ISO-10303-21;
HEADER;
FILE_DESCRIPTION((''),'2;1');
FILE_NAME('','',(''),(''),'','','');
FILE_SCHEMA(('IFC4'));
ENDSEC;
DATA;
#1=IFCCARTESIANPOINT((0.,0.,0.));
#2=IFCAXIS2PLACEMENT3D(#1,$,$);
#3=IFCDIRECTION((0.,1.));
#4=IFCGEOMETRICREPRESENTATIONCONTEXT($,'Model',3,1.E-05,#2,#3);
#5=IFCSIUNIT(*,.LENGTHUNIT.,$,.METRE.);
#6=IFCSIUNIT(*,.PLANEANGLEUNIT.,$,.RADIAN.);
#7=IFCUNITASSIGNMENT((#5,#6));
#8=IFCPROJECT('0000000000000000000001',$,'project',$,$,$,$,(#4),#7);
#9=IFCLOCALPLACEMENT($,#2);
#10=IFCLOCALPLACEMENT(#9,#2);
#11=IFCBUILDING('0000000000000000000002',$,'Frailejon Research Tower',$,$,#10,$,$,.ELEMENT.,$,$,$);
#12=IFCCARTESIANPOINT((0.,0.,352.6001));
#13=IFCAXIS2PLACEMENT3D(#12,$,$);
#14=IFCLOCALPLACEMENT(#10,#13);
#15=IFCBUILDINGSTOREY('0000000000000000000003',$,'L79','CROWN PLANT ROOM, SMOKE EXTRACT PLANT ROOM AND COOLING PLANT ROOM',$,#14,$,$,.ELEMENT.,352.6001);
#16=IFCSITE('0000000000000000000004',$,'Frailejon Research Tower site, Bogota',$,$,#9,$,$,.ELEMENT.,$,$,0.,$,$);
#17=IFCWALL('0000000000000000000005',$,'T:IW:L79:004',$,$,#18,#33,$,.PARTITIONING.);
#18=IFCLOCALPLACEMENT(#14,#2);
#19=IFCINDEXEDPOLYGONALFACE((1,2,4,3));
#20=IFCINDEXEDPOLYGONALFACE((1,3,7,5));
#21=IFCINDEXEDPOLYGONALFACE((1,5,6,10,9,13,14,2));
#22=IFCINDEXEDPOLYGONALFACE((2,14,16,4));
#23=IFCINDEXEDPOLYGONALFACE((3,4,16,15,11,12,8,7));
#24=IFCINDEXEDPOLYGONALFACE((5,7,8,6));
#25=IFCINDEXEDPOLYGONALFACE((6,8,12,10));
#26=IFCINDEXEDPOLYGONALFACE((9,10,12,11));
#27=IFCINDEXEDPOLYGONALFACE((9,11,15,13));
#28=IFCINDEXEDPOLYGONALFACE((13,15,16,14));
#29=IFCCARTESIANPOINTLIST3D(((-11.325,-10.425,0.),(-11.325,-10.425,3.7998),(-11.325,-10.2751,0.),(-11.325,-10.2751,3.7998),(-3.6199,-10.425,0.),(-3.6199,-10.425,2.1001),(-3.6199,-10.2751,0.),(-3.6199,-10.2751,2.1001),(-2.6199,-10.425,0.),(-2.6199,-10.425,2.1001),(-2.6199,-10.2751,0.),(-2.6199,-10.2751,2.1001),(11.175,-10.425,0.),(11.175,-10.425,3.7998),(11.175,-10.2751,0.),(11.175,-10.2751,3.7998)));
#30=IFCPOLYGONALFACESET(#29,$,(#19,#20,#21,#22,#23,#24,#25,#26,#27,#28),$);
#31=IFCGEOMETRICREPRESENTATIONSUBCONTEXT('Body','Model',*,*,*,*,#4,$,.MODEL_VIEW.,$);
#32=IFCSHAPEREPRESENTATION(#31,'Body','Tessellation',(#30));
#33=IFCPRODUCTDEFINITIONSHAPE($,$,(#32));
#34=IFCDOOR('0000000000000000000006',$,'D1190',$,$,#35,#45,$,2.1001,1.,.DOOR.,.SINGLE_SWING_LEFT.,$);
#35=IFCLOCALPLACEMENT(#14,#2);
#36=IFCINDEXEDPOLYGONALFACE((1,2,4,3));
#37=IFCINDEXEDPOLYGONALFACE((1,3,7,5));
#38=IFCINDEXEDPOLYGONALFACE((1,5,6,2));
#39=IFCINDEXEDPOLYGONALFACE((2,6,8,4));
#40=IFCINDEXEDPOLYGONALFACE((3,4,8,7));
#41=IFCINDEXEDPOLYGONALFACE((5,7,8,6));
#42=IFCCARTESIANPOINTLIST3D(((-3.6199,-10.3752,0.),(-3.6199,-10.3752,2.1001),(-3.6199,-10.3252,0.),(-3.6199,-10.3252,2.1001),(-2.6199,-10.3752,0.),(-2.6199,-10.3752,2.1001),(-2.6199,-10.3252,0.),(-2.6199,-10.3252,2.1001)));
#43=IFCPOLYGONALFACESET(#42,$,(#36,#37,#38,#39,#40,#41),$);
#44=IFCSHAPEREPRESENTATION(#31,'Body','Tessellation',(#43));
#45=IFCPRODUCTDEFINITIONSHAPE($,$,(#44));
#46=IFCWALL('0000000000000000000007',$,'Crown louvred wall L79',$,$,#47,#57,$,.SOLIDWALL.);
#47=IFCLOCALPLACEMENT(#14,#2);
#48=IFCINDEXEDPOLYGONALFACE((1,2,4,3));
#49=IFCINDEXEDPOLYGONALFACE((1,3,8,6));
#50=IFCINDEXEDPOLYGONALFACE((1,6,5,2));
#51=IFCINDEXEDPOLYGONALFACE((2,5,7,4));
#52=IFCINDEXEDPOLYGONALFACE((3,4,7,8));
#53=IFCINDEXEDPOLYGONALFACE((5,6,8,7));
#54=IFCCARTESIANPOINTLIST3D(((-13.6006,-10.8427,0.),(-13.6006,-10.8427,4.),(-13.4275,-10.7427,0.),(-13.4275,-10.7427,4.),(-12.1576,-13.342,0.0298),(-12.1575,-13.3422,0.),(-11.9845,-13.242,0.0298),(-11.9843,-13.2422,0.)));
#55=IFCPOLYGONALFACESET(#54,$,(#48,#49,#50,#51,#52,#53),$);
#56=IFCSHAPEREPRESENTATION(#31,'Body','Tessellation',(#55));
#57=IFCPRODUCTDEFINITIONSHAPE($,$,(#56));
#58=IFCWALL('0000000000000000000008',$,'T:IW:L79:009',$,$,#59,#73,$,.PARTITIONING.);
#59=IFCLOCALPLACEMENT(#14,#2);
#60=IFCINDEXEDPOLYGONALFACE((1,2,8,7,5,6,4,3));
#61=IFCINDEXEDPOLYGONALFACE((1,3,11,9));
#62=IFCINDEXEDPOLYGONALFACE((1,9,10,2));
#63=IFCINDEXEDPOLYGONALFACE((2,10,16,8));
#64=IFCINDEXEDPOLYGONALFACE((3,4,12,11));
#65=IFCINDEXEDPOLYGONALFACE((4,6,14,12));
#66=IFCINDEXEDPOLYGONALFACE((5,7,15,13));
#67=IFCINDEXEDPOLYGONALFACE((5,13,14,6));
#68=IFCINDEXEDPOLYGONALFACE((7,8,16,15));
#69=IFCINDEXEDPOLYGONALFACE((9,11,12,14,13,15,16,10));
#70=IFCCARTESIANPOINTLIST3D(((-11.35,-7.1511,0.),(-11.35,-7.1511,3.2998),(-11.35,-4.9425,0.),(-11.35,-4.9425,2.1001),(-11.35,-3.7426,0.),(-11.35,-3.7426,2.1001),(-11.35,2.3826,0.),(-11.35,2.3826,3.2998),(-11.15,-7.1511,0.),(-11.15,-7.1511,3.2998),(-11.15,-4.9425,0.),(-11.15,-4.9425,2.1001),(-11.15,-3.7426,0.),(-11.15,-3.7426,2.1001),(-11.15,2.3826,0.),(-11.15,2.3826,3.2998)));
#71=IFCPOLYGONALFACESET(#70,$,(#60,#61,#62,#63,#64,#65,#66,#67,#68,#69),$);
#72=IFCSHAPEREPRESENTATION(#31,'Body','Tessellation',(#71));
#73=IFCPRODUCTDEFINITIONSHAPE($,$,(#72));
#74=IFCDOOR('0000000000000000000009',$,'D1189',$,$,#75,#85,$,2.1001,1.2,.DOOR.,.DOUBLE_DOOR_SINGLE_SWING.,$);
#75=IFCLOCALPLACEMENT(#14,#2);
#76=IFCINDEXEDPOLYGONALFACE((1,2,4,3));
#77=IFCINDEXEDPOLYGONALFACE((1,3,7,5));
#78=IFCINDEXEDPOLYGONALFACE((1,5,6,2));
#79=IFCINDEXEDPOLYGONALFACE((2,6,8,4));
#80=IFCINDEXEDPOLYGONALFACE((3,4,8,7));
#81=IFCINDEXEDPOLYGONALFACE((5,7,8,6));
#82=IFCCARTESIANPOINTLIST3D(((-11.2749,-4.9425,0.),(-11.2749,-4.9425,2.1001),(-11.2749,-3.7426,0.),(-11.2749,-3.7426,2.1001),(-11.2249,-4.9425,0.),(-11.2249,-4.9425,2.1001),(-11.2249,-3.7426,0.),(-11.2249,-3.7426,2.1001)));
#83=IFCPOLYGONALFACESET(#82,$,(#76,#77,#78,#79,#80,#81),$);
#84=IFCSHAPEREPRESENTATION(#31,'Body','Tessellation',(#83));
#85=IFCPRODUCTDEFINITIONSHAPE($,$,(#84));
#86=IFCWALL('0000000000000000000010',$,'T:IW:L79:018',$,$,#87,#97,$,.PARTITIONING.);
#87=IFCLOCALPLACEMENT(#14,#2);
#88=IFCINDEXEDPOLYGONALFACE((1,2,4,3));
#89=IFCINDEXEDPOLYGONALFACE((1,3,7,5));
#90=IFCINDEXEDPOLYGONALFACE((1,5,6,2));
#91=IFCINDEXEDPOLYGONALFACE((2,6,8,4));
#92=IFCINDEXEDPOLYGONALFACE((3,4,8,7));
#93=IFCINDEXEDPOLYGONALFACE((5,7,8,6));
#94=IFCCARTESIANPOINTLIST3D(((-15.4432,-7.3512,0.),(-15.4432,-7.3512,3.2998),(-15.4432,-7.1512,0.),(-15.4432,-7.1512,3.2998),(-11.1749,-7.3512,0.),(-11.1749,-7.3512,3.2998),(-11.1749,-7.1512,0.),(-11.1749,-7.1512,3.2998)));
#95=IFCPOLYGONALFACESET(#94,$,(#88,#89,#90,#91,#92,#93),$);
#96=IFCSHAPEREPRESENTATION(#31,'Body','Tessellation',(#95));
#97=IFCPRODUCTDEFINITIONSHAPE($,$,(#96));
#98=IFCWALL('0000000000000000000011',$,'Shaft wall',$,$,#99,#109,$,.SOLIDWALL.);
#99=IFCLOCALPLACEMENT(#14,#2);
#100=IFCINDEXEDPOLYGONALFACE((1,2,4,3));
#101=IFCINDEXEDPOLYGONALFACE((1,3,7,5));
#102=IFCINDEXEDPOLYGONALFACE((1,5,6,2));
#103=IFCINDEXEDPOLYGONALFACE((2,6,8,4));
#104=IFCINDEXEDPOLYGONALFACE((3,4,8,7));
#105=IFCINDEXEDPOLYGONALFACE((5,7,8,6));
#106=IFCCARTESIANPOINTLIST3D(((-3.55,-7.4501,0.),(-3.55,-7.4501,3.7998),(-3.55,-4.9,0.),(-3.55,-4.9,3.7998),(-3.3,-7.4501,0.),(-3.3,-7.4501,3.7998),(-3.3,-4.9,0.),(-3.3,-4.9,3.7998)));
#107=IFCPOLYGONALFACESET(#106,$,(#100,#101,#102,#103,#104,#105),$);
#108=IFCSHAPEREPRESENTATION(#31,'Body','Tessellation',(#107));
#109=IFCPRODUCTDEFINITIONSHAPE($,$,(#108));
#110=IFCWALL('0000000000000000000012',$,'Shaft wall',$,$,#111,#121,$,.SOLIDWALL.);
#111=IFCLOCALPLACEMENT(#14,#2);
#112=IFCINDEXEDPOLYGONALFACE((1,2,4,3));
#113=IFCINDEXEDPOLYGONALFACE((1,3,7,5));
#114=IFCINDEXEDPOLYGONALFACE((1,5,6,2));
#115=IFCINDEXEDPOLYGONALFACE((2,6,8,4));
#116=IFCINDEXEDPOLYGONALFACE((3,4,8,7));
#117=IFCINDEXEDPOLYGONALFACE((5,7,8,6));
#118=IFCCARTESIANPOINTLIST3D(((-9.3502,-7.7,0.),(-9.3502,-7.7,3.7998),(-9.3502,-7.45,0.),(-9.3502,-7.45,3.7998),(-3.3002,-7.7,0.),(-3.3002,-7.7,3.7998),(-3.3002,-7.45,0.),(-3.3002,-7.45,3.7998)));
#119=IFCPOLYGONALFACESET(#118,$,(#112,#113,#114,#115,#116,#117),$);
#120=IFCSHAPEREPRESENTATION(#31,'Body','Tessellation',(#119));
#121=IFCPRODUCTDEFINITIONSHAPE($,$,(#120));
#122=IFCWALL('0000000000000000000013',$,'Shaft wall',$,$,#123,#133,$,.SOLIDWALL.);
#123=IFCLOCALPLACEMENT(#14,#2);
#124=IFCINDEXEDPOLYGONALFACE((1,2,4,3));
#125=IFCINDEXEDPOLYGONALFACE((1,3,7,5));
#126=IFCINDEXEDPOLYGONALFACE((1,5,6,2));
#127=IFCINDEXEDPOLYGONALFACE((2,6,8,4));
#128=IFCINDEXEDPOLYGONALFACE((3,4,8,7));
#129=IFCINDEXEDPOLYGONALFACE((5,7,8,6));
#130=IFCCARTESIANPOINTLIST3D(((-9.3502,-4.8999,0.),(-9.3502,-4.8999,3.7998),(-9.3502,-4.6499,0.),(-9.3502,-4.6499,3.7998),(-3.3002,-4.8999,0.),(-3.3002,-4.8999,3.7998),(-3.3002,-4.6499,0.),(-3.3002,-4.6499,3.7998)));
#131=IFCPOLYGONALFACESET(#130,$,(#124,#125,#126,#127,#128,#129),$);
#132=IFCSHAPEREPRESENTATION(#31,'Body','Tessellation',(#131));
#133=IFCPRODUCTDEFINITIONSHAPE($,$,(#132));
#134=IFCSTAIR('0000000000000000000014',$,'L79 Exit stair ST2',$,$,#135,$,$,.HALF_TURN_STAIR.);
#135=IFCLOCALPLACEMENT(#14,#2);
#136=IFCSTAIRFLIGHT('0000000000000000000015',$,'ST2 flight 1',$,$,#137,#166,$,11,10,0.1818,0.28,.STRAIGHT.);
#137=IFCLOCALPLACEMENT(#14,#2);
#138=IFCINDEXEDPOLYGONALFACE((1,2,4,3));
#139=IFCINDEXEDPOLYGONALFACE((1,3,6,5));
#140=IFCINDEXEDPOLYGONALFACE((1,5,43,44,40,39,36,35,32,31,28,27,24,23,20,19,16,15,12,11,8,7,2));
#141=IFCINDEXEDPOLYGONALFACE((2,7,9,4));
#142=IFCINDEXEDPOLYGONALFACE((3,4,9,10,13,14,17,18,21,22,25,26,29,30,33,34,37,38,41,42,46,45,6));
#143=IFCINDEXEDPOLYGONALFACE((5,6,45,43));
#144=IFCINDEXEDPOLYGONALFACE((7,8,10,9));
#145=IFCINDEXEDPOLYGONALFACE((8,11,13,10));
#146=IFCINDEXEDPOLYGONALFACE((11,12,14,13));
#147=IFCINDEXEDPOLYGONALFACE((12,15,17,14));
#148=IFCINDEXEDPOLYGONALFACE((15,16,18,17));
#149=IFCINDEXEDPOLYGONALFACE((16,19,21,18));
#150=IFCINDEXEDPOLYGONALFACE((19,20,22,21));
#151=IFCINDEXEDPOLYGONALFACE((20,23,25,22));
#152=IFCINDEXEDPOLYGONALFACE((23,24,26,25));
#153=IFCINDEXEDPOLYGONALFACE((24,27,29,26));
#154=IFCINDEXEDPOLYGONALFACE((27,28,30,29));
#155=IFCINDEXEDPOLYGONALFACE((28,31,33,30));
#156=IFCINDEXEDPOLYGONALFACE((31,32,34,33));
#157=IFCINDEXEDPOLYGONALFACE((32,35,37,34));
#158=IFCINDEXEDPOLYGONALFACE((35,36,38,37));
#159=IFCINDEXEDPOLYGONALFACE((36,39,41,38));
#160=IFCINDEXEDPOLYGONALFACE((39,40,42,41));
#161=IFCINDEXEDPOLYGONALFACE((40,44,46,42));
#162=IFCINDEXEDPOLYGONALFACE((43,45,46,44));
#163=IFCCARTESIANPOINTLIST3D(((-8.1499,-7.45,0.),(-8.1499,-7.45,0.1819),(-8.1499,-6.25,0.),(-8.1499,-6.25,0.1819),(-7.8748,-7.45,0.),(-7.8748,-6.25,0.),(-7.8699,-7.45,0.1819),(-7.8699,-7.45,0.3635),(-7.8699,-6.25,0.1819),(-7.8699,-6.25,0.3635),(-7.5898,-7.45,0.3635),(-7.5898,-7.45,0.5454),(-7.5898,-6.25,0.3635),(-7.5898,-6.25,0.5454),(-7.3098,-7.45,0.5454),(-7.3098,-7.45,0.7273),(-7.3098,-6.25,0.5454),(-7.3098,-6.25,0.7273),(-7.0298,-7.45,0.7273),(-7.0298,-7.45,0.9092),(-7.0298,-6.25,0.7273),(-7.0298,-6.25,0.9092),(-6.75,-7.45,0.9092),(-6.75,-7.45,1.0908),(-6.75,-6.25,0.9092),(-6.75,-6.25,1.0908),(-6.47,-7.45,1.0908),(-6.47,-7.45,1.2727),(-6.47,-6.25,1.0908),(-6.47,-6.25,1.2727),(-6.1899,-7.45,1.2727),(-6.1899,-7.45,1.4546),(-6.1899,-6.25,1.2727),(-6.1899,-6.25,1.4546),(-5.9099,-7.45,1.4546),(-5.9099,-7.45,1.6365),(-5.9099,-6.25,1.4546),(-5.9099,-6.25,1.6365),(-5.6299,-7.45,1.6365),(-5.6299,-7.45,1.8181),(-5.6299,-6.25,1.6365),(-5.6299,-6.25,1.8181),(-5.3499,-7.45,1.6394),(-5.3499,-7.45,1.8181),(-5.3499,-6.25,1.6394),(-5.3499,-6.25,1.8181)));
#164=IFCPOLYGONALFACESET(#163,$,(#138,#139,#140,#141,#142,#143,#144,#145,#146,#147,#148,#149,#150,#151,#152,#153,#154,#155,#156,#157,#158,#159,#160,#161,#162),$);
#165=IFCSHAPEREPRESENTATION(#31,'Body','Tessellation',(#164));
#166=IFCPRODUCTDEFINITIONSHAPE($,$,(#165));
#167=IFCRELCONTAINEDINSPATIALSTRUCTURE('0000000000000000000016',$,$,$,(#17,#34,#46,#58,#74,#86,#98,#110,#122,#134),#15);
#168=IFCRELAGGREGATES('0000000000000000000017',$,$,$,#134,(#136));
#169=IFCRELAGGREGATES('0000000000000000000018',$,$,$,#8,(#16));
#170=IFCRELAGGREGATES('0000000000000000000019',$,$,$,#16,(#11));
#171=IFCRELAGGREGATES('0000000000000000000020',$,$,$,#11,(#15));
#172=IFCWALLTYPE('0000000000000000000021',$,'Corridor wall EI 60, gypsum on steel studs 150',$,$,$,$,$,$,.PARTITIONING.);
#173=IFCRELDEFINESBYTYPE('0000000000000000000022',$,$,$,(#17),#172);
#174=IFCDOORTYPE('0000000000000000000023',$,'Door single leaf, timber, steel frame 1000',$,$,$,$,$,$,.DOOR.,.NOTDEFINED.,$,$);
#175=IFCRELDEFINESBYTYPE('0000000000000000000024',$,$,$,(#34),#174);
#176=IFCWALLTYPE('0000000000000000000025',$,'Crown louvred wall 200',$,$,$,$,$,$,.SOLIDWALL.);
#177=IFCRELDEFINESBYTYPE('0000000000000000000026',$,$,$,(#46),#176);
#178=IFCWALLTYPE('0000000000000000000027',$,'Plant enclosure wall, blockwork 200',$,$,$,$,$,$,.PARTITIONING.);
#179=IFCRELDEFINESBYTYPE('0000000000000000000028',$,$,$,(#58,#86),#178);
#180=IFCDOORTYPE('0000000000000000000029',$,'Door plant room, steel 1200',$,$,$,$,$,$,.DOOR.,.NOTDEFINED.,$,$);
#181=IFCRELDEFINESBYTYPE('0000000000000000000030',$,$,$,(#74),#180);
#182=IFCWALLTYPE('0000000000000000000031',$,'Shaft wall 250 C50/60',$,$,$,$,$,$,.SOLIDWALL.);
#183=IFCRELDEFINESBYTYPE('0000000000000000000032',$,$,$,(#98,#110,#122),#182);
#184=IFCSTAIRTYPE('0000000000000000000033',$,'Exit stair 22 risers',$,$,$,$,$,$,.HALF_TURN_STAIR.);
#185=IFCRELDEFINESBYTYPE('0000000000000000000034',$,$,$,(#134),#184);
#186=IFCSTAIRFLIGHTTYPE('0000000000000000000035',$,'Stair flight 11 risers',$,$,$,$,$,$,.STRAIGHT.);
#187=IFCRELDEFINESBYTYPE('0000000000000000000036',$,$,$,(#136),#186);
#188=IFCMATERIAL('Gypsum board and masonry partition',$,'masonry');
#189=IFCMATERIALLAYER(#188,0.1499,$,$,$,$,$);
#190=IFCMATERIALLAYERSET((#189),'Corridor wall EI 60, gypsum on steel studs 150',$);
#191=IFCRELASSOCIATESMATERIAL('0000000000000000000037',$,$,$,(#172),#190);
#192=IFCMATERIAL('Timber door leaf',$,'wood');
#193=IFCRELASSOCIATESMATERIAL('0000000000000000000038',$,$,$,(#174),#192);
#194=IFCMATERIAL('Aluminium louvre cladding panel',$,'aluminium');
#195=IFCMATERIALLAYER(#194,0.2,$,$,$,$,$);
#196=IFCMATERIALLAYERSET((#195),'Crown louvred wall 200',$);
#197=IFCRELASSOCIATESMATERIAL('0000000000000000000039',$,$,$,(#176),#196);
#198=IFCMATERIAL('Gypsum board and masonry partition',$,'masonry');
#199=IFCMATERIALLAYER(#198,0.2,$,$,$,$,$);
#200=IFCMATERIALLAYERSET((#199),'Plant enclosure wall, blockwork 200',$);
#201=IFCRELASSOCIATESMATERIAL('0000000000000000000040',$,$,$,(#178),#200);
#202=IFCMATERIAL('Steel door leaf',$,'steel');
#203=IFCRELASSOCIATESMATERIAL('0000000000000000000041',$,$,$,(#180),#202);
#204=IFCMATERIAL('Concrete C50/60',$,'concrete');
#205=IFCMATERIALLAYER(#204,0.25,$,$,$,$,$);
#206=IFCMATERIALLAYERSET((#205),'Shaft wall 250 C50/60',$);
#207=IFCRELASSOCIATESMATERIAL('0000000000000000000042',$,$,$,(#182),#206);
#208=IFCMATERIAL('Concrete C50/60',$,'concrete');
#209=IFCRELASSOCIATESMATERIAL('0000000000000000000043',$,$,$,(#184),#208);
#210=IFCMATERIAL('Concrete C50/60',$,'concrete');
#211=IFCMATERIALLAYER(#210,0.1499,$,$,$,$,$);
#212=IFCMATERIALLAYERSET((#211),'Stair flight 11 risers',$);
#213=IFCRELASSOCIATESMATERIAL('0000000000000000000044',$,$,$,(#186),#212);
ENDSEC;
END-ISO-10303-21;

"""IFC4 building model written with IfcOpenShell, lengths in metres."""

from ifc_helpers import new_model, si_unit, direction, frame, frame_2d, origin, place, context, subcontext, project, spatial, polyline, rectangle, outline, extrude, material, layer, layer_set, type_object, element, fill, aggregate, save


model = new_model("IFC4")

# Units and contexts
model_context = context("Model", 3, precision=1e-05, world=origin(), true_north=direction((0.0, 1.0)))
body_context = subcontext(model_context, "Body", "Model", "MODEL_VIEW")
ifc_project = project(units=[si_unit("LENGTHUNIT", "METRE"), si_unit("PLANEANGLEUNIT", "RADIAN")], contexts=[model_context])

# Site, building, storey
site_placement = place(None, origin())
site = spatial("IfcSite", under=ifc_project, at=site_placement, Name="Frailejon Research Tower site, Bogota", CompositionType="ELEMENT", RefElevation=0.0)
building_placement = place(site_placement, origin())
building = spatial("IfcBuilding", under=site, at=building_placement, Name="Frailejon Research Tower", CompositionType="ELEMENT")
storey_placement = place(building_placement, frame((0.0, 0.0, 352.6001)))
storey = spatial("IfcBuildingStorey", under=building, at=storey_placement, Name="L79", Description="CROWN PLANT ROOM, SMOKE EXTRACT PLANT ROOM AND COOLING PLANT ROOM", CompositionType="ELEMENT", Elevation=352.6001)

# Shared definitions
ifc_material_1 = material(Name="Gypsum board and masonry partition", Category="masonry")
ifc_layer_1 = layer(ifc_material_1, 0.1499)
ifc_layer_set_1 = layer_set([ifc_layer_1], Name="Corridor wall EI 60, gypsum on steel studs 150")
wall_type_1 = type_object("IfcWallType", Name="Corridor wall EI 60, gypsum on steel studs 150", PredefinedType="PARTITIONING", material=ifc_layer_set_1)

# Wall, opening, door
wall_1_placement = place(storey_placement, frame((-11.325, -10.3501, 0.0), z_axis=(0.0, 0.0, 1.0), x_axis=(1.0, 0.0, 0.0)))
wall_1 = element("IfcWall", 1, at=wall_1_placement, inside=storey, type_object=wall_type_1, Name="T:IW:L79:004", PredefinedType="PARTITIONING", context=body_context, shape_type="SweptSolid", body=[
    extrude(rectangle(XDim=22.5, YDim=0.1499, at=frame_2d((11.25, 0.0))), origin(), (0.0, 0.0, 1.0), 3.7998),
])
opening_1_placement = place(wall_1_placement, frame((7.7051, 0.0, 0.0)))
opening_1 = element("IfcOpeningElement", 2, at=opening_1_placement, cuts=wall_1, PredefinedType="OPENING", context=body_context, shape_type="SweptSolid", body=[
    extrude(rectangle(XDim=1.0, YDim=2.1001, at=frame_2d((0.5, 1.05))), frame((0.0, 0.085, 0.0), z_axis=(0.0, -1.0, 0.0), x_axis=(1.0, 0.0, 0.0)), (0.0, 0.0, 1.0), 0.1699),
])
ifc_material_2 = material(Name="Timber door leaf", Category="wood")
door_type_1 = type_object("IfcDoorType", Name="Door single leaf, timber, steel frame 1000", OperationType="NOTDEFINED", PredefinedType="DOOR", material=ifc_material_2)
door_1_placement = place(opening_1_placement, origin())
door_1 = element("IfcDoor", 3, at=door_1_placement, inside=storey, type_object=door_type_1, Name="D1190", OperationType="SINGLE_SWING_LEFT", OverallHeight=2.1001, OverallWidth=1.0, PredefinedType="DOOR", context=body_context, shape_type="SweptSolid", body=[
    extrude(rectangle(XDim=1.0, YDim=2.1001, at=frame_2d((0.5, 1.05))), frame((0.0, 0.0249, 0.0), z_axis=(0.0, -1.0, 0.0), x_axis=(1.0, 0.0, 0.0)), (0.0, 0.0, 1.0), 0.05),
])
fill(opening_1, door_1)

# Wall
ifc_material_3 = material(Name="Aluminium louvre cladding panel", Category="aluminium")
ifc_layer_2 = layer(ifc_material_3, 0.2)
ifc_layer_set_2 = layer_set([ifc_layer_2], Name="Crown louvred wall 200")
wall_type_2 = type_object("IfcWallType", Name="Crown louvred wall 200", PredefinedType="SOLIDWALL", material=ifc_layer_set_2)
wall_2_placement = place(storey_placement, frame((-13.5142, -10.7927, 0.0), z_axis=(0.0, 0.0, 1.0), x_axis=(0.500006, -0.866022, 0.0)))
element("IfcWall", 4, at=wall_2_placement, inside=storey, type_object=wall_type_2, Name="Crown louvred wall L79", PredefinedType="SOLIDWALL", context=body_context, shape_type="SweptSolid", body=[
    extrude(outline(polyline([(0.0, 0.0), (2.8862, 0.0), (2.886, 0.0298), (0.0, 4.0), (0.0, 0.0)])), frame((0.0, 0.1001, 0.0), z_axis=(0.0, -1.0, 0.0), x_axis=(1.0, 0.0, 0.0)), (0.0, 0.0, 1.0), 0.2),
])

# Wall, opening, door
ifc_material_4 = material(Name="Gypsum board and masonry partition", Category="masonry")
ifc_layer_3 = layer(ifc_material_4, 0.2)
ifc_layer_set_3 = layer_set([ifc_layer_3], Name="Plant enclosure wall, blockwork 200")
wall_type_3 = type_object("IfcWallType", Name="Plant enclosure wall, blockwork 200", PredefinedType="PARTITIONING", material=ifc_layer_set_3)
wall_3_placement = place(storey_placement, frame((-11.25, -7.1511, 0.0), z_axis=(0.0, 0.0, 1.0), x_axis=(0.0, 1.0, 0.0)))
wall_3 = element("IfcWall", 5, at=wall_3_placement, inside=storey, type_object=wall_type_3, Name="T:IW:L79:009", PredefinedType="PARTITIONING", context=body_context, shape_type="SweptSolid", body=[
    extrude(rectangle(XDim=9.5337, YDim=0.2, at=frame_2d((4.7668, 0.0))), origin(), (0.0, 0.0, 1.0), 3.2998),
])
opening_2_placement = place(wall_3_placement, frame((2.2085, 0.0, 0.0)))
opening_2 = element("IfcOpeningElement", 6, at=opening_2_placement, cuts=wall_3, PredefinedType="OPENING", context=body_context, shape_type="SweptSolid", body=[
    extrude(rectangle(XDim=1.2, YDim=2.1001, at=frame_2d((0.6001, 1.05))), frame((0.0, 0.1099, 0.0), z_axis=(0.0, -1.0, 0.0), x_axis=(1.0, 0.0, 0.0)), (0.0, 0.0, 1.0), 0.22),
])
ifc_material_5 = material(Name="Steel door leaf", Category="steel")
door_type_2 = type_object("IfcDoorType", Name="Door plant room, steel 1200", OperationType="NOTDEFINED", PredefinedType="DOOR", material=ifc_material_5)
door_2_placement = place(opening_2_placement, origin())
door_2 = element("IfcDoor", 7, at=door_2_placement, inside=storey, type_object=door_type_2, Name="D1189", OperationType="DOUBLE_DOOR_SINGLE_SWING", OverallHeight=2.1001, OverallWidth=1.2, PredefinedType="DOOR", context=body_context, shape_type="SweptSolid", body=[
    extrude(rectangle(XDim=1.2, YDim=2.1001, at=frame_2d((0.6001, 1.05))), frame((0.0, 0.0249, 0.0), z_axis=(0.0, -1.0, 0.0), x_axis=(1.0, 0.0, 0.0)), (0.0, 0.0, 1.0), 0.05),
])
fill(opening_2, door_2)

# Walls
wall_4_placement = place(storey_placement, frame((-15.4434, -7.2512, 0.0), z_axis=(0.0, 0.0, 1.0), x_axis=(1.0, 0.0, 0.0)))
element("IfcWall", 8, at=wall_4_placement, inside=storey, type_object=wall_type_3, Name="T:IW:L79:018", PredefinedType="PARTITIONING", context=body_context, shape_type="SweptSolid", body=[
    extrude(rectangle(XDim=4.2683, YDim=0.2, at=frame_2d((2.1343, 0.0))), origin(), (0.0, 0.0, 1.0), 3.2998),
])
ifc_material_6 = material(Name="Concrete C50/60", Category="concrete")
ifc_layer_4 = layer(ifc_material_6, 0.25)
ifc_layer_set_4 = layer_set([ifc_layer_4], Name="Shaft wall 250 C50/60")
wall_type_4 = type_object("IfcWallType", Name="Shaft wall 250 C50/60", PredefinedType="SOLIDWALL", material=ifc_layer_set_4)
wall_5_placement = place(storey_placement, frame((-3.425, -7.45, 0.0), z_axis=(0.0, 0.0, 1.0), x_axis=(0.0, 1.0, 0.0)))
element("IfcWall", 9, at=wall_5_placement, inside=storey, type_object=wall_type_4, Name="Shaft wall", PredefinedType="SOLIDWALL", context=body_context, shape_type="SweptSolid", body=[
    extrude(rectangle(XDim=2.55, YDim=0.25, at=frame_2d((1.2749, 0.0))), origin(), (0.0, 0.0, 1.0), 3.7998),
])
for number, where, z_axis, x_axis, name in (
    (10, (-9.3501, -7.575, 0.0), (0.0, 0.0, 1.0), (1.0, 0.0, 0.0), "Shaft wall"),
    (11, (-9.3501, -4.7749, 0.0), (0.0, 0.0, 1.0), (1.0, 0.0, 0.0), "Shaft wall"),
):
    element("IfcWall", number, at=place(storey_placement, frame(where, z_axis=z_axis, x_axis=x_axis)), inside=storey, type_object=wall_type_4, Name=name, PredefinedType="SOLIDWALL", context=body_context, shape_type="SweptSolid", body=[
        extrude(rectangle(XDim=6.05, YDim=0.25, at=frame_2d((3.0249, 0.0))), origin(), (0.0, 0.0, 1.0), 3.7998),
    ])

# Stair, stair flight
ifc_material_7 = material(Name="Concrete C50/60", Category="concrete")
stair_type = type_object("IfcStairType", Name="Exit stair 22 risers", PredefinedType="HALF_TURN_STAIR", material=ifc_material_7)
stair_placement = place(storey_placement, origin())
stair = element("IfcStair", 12, at=stair_placement, inside=storey, type_object=stair_type, Name="L79 Exit stair ST2", PredefinedType="HALF_TURN_STAIR")
ifc_material_8 = material(Name="Concrete C50/60", Category="concrete")
ifc_layer_5 = layer(ifc_material_8, 0.1499)
ifc_layer_set_5 = layer_set([ifc_layer_5], Name="Stair flight 11 risers")
stair_flight_type = type_object("IfcStairFlightType", Name="Stair flight 11 risers", PredefinedType="STRAIGHT", material=ifc_layer_set_5)
stair_flight_1_placement = place(storey_placement, frame((-8.1499, -6.8501, 0.0), z_axis=(0.0, 0.0, 1.0), x_axis=(1.0, 0.0, 0.0)))
stair_flight_1 = element("IfcStairFlight", 13, at=stair_flight_1_placement, type_object=stair_flight_type, Name="ST2 flight 1", NumberOfRisers=11, NumberOfTreads=10, PredefinedType="STRAIGHT", RiserHeight=0.1818, TreadLength=0.28, context=body_context, shape_type="SweptSolid", body=[
    extrude(outline(polyline([(0.0, 0.0), (0.0, 0.1819), (0.28, 0.1819), (0.28, 0.3635), (0.5601, 0.3635), (0.5601, 0.5454), (0.8401, 0.5454), (0.8401, 0.7273), (1.1201, 0.7273), (1.1201, 0.9092), (1.3999, 0.9092), (1.3999, 1.0908), (1.6799, 1.0908), (1.6799, 1.2727), (1.96, 1.2727), (1.96, 1.4546), (2.24, 1.4546), (2.24, 1.6365), (2.52, 1.6365), (2.52, 1.8181), (2.8, 1.8181), (2.8, 2.0), (2.8, 1.6394), (0.2751, 0.0), (0.0, 0.0)])), frame((0.0, 0.6001, 0.0), z_axis=(0.0, -1.0, 0.0), x_axis=(1.0, 0.0, 0.0)), (0.0, 0.0, 1.0), 1.2),
])
aggregate(stair, [stair_flight_1])

save(model, "model.ifc")
